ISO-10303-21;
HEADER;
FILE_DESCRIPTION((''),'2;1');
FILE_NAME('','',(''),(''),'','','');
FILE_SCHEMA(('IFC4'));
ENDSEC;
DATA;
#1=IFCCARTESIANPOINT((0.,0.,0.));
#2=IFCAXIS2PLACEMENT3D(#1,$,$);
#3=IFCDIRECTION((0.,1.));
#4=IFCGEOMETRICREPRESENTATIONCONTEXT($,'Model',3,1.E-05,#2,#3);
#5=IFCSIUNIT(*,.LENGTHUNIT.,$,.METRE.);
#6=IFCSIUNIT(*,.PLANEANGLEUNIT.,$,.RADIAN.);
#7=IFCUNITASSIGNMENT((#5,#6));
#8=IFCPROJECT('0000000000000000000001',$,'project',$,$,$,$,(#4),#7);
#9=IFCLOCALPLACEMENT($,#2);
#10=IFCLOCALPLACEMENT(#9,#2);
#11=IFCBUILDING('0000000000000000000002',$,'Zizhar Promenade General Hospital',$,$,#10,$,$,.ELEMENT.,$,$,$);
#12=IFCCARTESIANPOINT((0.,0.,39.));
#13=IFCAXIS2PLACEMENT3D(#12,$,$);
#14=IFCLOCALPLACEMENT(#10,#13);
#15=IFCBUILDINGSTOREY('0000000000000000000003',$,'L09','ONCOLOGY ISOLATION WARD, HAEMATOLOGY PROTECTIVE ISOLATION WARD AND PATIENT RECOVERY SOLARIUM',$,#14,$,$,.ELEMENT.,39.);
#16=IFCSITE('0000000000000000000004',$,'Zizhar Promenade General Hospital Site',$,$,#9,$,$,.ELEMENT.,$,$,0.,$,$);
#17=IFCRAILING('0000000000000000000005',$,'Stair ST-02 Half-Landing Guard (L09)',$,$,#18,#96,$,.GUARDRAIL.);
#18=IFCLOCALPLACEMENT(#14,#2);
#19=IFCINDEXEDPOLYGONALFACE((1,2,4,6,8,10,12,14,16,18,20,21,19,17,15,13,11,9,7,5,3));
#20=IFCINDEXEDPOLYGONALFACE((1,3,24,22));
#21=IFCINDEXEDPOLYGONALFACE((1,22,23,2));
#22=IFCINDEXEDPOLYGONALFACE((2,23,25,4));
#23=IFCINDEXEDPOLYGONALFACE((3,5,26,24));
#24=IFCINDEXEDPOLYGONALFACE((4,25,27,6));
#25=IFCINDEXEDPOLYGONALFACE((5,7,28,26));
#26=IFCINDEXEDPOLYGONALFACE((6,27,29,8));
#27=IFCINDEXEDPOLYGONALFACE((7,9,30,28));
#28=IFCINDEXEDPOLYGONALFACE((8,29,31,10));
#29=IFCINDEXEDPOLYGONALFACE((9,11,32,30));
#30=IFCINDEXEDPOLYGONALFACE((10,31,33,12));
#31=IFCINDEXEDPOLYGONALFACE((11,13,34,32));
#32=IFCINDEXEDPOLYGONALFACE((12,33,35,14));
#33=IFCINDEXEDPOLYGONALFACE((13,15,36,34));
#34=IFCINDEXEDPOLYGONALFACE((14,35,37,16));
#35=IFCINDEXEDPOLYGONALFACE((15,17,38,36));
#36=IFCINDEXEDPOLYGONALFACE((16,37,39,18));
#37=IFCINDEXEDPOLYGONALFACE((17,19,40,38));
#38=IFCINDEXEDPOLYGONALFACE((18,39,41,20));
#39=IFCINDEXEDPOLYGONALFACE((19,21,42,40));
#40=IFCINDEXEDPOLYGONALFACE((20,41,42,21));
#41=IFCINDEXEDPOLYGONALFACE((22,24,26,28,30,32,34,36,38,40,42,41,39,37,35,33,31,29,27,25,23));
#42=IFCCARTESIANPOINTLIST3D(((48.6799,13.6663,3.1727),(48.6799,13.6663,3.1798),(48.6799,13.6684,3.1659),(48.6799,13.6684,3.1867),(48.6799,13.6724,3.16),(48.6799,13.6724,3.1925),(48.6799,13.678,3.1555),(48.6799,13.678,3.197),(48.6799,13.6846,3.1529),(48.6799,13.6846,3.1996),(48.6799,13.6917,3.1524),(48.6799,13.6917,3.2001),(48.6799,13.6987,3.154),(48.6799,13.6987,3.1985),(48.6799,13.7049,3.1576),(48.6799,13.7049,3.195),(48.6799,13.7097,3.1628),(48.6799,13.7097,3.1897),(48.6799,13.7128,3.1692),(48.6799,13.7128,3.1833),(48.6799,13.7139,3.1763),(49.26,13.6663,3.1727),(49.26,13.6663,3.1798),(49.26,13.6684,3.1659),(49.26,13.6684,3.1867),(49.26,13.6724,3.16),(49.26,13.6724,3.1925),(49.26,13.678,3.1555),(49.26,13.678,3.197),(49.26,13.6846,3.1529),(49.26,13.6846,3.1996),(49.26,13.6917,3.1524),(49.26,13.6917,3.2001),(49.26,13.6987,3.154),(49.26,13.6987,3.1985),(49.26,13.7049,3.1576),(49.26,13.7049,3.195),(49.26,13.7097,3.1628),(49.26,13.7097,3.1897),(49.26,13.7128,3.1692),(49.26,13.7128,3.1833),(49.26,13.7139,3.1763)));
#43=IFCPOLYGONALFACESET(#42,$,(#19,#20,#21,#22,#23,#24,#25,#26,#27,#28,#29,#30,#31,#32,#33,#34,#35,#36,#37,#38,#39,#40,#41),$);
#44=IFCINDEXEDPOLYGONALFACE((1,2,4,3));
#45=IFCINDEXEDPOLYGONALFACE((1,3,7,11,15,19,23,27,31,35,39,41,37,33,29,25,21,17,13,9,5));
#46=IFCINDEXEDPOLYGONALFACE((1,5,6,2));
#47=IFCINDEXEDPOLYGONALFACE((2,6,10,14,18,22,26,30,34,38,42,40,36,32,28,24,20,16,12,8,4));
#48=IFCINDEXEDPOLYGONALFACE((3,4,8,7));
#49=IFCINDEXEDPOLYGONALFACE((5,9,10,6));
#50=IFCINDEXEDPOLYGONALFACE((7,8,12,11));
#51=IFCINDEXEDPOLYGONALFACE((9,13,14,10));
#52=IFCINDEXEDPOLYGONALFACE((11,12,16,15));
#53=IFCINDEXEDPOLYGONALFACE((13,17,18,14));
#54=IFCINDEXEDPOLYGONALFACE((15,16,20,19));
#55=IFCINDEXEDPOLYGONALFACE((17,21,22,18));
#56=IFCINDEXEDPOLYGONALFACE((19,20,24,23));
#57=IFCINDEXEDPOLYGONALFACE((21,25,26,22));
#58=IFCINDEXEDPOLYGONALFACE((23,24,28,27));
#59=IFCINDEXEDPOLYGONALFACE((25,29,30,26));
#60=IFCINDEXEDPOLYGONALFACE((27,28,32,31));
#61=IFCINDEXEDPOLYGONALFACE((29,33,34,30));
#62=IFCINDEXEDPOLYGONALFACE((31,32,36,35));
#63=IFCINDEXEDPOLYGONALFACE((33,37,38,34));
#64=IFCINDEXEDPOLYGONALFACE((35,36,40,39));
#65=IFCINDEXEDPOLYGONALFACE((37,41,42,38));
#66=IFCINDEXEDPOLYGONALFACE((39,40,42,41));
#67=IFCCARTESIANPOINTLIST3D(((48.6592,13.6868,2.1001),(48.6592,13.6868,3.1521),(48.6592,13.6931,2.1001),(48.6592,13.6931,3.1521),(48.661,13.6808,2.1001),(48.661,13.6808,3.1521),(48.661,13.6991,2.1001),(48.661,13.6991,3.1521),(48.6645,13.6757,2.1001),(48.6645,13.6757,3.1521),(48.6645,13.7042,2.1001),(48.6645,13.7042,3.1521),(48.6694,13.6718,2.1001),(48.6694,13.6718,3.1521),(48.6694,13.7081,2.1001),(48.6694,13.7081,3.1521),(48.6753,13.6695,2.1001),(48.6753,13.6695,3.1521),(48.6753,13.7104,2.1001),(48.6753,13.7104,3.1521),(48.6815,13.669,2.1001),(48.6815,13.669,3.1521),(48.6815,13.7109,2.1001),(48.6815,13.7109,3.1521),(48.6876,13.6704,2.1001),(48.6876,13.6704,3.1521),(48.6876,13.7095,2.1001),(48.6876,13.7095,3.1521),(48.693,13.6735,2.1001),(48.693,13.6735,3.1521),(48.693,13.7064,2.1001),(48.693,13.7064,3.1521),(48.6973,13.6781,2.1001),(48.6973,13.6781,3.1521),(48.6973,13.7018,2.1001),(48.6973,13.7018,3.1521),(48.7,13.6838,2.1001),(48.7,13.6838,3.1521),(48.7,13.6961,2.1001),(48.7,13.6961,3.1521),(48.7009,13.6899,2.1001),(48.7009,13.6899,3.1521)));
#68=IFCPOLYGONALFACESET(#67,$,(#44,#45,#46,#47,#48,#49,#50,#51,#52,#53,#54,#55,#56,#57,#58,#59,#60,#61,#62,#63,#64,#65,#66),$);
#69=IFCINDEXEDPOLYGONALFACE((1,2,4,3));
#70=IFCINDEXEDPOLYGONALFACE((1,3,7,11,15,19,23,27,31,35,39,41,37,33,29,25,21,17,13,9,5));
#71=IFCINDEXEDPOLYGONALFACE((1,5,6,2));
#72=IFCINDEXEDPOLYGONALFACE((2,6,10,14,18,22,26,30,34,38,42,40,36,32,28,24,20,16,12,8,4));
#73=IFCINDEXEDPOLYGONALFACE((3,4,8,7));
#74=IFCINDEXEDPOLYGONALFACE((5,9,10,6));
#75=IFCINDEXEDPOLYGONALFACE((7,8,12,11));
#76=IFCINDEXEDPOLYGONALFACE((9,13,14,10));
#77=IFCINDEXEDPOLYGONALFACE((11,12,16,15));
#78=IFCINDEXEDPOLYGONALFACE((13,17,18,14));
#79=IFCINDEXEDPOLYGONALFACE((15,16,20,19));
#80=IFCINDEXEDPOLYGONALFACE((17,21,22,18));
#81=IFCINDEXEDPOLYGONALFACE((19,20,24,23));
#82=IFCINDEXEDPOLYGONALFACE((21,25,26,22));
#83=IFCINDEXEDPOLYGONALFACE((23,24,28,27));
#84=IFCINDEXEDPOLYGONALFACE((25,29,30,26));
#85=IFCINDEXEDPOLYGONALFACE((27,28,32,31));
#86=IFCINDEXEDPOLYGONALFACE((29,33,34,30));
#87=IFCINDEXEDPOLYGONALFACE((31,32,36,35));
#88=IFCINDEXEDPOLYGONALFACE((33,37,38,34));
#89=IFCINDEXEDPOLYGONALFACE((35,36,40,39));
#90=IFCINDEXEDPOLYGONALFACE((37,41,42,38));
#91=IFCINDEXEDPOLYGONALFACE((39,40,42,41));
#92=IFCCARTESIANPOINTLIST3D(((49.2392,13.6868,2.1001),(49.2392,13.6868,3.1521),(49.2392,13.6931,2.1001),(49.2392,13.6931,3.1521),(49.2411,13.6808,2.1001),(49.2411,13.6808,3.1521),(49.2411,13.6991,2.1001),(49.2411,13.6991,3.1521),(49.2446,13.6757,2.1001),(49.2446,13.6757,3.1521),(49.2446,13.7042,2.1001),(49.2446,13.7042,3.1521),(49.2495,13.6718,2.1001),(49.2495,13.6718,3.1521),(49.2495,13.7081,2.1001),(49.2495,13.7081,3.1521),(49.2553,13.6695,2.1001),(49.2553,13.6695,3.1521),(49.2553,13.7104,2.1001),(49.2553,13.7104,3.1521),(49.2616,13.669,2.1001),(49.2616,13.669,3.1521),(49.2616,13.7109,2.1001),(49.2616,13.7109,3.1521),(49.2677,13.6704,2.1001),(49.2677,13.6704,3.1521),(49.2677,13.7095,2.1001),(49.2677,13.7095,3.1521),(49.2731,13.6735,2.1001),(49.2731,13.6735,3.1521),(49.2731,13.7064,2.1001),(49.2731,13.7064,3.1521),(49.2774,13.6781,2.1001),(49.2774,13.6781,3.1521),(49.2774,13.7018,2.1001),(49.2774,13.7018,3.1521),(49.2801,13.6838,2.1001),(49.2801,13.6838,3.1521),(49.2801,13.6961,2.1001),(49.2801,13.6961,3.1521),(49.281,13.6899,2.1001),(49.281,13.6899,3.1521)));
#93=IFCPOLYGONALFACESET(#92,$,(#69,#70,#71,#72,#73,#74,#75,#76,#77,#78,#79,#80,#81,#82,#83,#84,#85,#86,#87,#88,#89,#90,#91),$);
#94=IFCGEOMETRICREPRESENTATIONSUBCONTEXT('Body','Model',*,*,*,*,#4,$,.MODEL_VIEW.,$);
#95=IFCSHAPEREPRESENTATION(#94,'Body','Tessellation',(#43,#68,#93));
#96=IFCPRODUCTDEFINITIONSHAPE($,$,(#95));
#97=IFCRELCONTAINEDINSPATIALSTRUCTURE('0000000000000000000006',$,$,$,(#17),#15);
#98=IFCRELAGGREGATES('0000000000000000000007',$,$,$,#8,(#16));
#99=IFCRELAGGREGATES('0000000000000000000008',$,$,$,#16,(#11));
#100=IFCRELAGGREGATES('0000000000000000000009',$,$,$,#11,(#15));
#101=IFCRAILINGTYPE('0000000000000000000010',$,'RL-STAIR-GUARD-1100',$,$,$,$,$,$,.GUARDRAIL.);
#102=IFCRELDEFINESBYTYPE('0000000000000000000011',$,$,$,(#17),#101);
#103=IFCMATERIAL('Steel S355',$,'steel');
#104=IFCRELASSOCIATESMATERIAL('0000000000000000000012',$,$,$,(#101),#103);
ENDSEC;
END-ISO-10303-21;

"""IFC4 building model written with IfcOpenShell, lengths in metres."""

from ifc_helpers import new_model, si_unit, direction, frame, origin, origin_2d, place, context, subcontext, project, spatial, circle, hollow_circle, extrude, material, material_profile, profile_set, type_object, element, save


model = new_model("IFC4")

# Units and contexts
model_context = context("Model", 3, precision=1e-05, world=origin(), true_north=direction((0.0, 1.0)))
body_context = subcontext(model_context, "Body", "Model", "MODEL_VIEW")
ifc_project = project(units=[si_unit("LENGTHUNIT", "METRE"), si_unit("PLANEANGLEUNIT", "RADIAN")], contexts=[model_context])

# Site, building, storey
site_placement = place(None, origin())
site = spatial("IfcSite", under=ifc_project, at=site_placement, Name="Zizhar Promenade General Hospital Site", CompositionType="ELEMENT", RefElevation=0.0)
building_placement = place(site_placement, origin())
building = spatial("IfcBuilding", under=site, at=building_placement, Name="Zizhar Promenade General Hospital", CompositionType="ELEMENT")
storey_placement = place(building_placement, frame((0.0, 0.0, 39.0)))
storey = spatial("IfcBuildingStorey", under=building, at=storey_placement, Name="L09", Description="ONCOLOGY ISOLATION WARD, HAEMATOLOGY PROTECTIVE ISOLATION WARD AND PATIENT RECOVERY SOLARIUM", CompositionType="ELEMENT", Elevation=39.0)

# Railing
ifc_material_1 = material(Name="Steel S355", Category="steel")
ifc_material_profile_1 = material_profile(ifc_material_1, hollow_circle(Radius=0.0698, WallThickness=0.0063, at=origin_2d()))
ifc_profile_set_1 = profile_set([ifc_material_profile_1], Name="Steel S355")
railing_type_1 = type_object("IfcRailingType", Name="RL-STAIR-GUARD-1100", PredefinedType="GUARDRAIL", material=ifc_profile_set_1)
railing_1_placement = place(storey_placement, frame((48.6799, 13.6899, 2.1001)))
element("IfcRailing", 1, at=railing_1_placement, inside=storey, type_object=railing_type_1, Name="Stair ST-02 Half-Landing Guard (L09)", PredefinedType="GUARDRAIL", context=body_context, shape_type="SweptSolid", body=[
    extrude(circle(Radius=0.0239, at=origin_2d()), frame((0.0, 0.0, 1.0762), z_axis=(1.0, 0.0, 0.0), x_axis=(0.0, 1.0, 0.0)), (0.0, 0.0, 1.0), 0.5801),
    extrude(circle(Radius=0.021, at=origin_2d()), origin(), (0.0, 0.0, 1.0), 1.052),
    extrude(circle(Radius=0.021, at=origin_2d()), frame((0.5801, 0.0, 0.0)), (0.0, 0.0, 1.0), 1.052),
])

save(model, "model.ifc")
